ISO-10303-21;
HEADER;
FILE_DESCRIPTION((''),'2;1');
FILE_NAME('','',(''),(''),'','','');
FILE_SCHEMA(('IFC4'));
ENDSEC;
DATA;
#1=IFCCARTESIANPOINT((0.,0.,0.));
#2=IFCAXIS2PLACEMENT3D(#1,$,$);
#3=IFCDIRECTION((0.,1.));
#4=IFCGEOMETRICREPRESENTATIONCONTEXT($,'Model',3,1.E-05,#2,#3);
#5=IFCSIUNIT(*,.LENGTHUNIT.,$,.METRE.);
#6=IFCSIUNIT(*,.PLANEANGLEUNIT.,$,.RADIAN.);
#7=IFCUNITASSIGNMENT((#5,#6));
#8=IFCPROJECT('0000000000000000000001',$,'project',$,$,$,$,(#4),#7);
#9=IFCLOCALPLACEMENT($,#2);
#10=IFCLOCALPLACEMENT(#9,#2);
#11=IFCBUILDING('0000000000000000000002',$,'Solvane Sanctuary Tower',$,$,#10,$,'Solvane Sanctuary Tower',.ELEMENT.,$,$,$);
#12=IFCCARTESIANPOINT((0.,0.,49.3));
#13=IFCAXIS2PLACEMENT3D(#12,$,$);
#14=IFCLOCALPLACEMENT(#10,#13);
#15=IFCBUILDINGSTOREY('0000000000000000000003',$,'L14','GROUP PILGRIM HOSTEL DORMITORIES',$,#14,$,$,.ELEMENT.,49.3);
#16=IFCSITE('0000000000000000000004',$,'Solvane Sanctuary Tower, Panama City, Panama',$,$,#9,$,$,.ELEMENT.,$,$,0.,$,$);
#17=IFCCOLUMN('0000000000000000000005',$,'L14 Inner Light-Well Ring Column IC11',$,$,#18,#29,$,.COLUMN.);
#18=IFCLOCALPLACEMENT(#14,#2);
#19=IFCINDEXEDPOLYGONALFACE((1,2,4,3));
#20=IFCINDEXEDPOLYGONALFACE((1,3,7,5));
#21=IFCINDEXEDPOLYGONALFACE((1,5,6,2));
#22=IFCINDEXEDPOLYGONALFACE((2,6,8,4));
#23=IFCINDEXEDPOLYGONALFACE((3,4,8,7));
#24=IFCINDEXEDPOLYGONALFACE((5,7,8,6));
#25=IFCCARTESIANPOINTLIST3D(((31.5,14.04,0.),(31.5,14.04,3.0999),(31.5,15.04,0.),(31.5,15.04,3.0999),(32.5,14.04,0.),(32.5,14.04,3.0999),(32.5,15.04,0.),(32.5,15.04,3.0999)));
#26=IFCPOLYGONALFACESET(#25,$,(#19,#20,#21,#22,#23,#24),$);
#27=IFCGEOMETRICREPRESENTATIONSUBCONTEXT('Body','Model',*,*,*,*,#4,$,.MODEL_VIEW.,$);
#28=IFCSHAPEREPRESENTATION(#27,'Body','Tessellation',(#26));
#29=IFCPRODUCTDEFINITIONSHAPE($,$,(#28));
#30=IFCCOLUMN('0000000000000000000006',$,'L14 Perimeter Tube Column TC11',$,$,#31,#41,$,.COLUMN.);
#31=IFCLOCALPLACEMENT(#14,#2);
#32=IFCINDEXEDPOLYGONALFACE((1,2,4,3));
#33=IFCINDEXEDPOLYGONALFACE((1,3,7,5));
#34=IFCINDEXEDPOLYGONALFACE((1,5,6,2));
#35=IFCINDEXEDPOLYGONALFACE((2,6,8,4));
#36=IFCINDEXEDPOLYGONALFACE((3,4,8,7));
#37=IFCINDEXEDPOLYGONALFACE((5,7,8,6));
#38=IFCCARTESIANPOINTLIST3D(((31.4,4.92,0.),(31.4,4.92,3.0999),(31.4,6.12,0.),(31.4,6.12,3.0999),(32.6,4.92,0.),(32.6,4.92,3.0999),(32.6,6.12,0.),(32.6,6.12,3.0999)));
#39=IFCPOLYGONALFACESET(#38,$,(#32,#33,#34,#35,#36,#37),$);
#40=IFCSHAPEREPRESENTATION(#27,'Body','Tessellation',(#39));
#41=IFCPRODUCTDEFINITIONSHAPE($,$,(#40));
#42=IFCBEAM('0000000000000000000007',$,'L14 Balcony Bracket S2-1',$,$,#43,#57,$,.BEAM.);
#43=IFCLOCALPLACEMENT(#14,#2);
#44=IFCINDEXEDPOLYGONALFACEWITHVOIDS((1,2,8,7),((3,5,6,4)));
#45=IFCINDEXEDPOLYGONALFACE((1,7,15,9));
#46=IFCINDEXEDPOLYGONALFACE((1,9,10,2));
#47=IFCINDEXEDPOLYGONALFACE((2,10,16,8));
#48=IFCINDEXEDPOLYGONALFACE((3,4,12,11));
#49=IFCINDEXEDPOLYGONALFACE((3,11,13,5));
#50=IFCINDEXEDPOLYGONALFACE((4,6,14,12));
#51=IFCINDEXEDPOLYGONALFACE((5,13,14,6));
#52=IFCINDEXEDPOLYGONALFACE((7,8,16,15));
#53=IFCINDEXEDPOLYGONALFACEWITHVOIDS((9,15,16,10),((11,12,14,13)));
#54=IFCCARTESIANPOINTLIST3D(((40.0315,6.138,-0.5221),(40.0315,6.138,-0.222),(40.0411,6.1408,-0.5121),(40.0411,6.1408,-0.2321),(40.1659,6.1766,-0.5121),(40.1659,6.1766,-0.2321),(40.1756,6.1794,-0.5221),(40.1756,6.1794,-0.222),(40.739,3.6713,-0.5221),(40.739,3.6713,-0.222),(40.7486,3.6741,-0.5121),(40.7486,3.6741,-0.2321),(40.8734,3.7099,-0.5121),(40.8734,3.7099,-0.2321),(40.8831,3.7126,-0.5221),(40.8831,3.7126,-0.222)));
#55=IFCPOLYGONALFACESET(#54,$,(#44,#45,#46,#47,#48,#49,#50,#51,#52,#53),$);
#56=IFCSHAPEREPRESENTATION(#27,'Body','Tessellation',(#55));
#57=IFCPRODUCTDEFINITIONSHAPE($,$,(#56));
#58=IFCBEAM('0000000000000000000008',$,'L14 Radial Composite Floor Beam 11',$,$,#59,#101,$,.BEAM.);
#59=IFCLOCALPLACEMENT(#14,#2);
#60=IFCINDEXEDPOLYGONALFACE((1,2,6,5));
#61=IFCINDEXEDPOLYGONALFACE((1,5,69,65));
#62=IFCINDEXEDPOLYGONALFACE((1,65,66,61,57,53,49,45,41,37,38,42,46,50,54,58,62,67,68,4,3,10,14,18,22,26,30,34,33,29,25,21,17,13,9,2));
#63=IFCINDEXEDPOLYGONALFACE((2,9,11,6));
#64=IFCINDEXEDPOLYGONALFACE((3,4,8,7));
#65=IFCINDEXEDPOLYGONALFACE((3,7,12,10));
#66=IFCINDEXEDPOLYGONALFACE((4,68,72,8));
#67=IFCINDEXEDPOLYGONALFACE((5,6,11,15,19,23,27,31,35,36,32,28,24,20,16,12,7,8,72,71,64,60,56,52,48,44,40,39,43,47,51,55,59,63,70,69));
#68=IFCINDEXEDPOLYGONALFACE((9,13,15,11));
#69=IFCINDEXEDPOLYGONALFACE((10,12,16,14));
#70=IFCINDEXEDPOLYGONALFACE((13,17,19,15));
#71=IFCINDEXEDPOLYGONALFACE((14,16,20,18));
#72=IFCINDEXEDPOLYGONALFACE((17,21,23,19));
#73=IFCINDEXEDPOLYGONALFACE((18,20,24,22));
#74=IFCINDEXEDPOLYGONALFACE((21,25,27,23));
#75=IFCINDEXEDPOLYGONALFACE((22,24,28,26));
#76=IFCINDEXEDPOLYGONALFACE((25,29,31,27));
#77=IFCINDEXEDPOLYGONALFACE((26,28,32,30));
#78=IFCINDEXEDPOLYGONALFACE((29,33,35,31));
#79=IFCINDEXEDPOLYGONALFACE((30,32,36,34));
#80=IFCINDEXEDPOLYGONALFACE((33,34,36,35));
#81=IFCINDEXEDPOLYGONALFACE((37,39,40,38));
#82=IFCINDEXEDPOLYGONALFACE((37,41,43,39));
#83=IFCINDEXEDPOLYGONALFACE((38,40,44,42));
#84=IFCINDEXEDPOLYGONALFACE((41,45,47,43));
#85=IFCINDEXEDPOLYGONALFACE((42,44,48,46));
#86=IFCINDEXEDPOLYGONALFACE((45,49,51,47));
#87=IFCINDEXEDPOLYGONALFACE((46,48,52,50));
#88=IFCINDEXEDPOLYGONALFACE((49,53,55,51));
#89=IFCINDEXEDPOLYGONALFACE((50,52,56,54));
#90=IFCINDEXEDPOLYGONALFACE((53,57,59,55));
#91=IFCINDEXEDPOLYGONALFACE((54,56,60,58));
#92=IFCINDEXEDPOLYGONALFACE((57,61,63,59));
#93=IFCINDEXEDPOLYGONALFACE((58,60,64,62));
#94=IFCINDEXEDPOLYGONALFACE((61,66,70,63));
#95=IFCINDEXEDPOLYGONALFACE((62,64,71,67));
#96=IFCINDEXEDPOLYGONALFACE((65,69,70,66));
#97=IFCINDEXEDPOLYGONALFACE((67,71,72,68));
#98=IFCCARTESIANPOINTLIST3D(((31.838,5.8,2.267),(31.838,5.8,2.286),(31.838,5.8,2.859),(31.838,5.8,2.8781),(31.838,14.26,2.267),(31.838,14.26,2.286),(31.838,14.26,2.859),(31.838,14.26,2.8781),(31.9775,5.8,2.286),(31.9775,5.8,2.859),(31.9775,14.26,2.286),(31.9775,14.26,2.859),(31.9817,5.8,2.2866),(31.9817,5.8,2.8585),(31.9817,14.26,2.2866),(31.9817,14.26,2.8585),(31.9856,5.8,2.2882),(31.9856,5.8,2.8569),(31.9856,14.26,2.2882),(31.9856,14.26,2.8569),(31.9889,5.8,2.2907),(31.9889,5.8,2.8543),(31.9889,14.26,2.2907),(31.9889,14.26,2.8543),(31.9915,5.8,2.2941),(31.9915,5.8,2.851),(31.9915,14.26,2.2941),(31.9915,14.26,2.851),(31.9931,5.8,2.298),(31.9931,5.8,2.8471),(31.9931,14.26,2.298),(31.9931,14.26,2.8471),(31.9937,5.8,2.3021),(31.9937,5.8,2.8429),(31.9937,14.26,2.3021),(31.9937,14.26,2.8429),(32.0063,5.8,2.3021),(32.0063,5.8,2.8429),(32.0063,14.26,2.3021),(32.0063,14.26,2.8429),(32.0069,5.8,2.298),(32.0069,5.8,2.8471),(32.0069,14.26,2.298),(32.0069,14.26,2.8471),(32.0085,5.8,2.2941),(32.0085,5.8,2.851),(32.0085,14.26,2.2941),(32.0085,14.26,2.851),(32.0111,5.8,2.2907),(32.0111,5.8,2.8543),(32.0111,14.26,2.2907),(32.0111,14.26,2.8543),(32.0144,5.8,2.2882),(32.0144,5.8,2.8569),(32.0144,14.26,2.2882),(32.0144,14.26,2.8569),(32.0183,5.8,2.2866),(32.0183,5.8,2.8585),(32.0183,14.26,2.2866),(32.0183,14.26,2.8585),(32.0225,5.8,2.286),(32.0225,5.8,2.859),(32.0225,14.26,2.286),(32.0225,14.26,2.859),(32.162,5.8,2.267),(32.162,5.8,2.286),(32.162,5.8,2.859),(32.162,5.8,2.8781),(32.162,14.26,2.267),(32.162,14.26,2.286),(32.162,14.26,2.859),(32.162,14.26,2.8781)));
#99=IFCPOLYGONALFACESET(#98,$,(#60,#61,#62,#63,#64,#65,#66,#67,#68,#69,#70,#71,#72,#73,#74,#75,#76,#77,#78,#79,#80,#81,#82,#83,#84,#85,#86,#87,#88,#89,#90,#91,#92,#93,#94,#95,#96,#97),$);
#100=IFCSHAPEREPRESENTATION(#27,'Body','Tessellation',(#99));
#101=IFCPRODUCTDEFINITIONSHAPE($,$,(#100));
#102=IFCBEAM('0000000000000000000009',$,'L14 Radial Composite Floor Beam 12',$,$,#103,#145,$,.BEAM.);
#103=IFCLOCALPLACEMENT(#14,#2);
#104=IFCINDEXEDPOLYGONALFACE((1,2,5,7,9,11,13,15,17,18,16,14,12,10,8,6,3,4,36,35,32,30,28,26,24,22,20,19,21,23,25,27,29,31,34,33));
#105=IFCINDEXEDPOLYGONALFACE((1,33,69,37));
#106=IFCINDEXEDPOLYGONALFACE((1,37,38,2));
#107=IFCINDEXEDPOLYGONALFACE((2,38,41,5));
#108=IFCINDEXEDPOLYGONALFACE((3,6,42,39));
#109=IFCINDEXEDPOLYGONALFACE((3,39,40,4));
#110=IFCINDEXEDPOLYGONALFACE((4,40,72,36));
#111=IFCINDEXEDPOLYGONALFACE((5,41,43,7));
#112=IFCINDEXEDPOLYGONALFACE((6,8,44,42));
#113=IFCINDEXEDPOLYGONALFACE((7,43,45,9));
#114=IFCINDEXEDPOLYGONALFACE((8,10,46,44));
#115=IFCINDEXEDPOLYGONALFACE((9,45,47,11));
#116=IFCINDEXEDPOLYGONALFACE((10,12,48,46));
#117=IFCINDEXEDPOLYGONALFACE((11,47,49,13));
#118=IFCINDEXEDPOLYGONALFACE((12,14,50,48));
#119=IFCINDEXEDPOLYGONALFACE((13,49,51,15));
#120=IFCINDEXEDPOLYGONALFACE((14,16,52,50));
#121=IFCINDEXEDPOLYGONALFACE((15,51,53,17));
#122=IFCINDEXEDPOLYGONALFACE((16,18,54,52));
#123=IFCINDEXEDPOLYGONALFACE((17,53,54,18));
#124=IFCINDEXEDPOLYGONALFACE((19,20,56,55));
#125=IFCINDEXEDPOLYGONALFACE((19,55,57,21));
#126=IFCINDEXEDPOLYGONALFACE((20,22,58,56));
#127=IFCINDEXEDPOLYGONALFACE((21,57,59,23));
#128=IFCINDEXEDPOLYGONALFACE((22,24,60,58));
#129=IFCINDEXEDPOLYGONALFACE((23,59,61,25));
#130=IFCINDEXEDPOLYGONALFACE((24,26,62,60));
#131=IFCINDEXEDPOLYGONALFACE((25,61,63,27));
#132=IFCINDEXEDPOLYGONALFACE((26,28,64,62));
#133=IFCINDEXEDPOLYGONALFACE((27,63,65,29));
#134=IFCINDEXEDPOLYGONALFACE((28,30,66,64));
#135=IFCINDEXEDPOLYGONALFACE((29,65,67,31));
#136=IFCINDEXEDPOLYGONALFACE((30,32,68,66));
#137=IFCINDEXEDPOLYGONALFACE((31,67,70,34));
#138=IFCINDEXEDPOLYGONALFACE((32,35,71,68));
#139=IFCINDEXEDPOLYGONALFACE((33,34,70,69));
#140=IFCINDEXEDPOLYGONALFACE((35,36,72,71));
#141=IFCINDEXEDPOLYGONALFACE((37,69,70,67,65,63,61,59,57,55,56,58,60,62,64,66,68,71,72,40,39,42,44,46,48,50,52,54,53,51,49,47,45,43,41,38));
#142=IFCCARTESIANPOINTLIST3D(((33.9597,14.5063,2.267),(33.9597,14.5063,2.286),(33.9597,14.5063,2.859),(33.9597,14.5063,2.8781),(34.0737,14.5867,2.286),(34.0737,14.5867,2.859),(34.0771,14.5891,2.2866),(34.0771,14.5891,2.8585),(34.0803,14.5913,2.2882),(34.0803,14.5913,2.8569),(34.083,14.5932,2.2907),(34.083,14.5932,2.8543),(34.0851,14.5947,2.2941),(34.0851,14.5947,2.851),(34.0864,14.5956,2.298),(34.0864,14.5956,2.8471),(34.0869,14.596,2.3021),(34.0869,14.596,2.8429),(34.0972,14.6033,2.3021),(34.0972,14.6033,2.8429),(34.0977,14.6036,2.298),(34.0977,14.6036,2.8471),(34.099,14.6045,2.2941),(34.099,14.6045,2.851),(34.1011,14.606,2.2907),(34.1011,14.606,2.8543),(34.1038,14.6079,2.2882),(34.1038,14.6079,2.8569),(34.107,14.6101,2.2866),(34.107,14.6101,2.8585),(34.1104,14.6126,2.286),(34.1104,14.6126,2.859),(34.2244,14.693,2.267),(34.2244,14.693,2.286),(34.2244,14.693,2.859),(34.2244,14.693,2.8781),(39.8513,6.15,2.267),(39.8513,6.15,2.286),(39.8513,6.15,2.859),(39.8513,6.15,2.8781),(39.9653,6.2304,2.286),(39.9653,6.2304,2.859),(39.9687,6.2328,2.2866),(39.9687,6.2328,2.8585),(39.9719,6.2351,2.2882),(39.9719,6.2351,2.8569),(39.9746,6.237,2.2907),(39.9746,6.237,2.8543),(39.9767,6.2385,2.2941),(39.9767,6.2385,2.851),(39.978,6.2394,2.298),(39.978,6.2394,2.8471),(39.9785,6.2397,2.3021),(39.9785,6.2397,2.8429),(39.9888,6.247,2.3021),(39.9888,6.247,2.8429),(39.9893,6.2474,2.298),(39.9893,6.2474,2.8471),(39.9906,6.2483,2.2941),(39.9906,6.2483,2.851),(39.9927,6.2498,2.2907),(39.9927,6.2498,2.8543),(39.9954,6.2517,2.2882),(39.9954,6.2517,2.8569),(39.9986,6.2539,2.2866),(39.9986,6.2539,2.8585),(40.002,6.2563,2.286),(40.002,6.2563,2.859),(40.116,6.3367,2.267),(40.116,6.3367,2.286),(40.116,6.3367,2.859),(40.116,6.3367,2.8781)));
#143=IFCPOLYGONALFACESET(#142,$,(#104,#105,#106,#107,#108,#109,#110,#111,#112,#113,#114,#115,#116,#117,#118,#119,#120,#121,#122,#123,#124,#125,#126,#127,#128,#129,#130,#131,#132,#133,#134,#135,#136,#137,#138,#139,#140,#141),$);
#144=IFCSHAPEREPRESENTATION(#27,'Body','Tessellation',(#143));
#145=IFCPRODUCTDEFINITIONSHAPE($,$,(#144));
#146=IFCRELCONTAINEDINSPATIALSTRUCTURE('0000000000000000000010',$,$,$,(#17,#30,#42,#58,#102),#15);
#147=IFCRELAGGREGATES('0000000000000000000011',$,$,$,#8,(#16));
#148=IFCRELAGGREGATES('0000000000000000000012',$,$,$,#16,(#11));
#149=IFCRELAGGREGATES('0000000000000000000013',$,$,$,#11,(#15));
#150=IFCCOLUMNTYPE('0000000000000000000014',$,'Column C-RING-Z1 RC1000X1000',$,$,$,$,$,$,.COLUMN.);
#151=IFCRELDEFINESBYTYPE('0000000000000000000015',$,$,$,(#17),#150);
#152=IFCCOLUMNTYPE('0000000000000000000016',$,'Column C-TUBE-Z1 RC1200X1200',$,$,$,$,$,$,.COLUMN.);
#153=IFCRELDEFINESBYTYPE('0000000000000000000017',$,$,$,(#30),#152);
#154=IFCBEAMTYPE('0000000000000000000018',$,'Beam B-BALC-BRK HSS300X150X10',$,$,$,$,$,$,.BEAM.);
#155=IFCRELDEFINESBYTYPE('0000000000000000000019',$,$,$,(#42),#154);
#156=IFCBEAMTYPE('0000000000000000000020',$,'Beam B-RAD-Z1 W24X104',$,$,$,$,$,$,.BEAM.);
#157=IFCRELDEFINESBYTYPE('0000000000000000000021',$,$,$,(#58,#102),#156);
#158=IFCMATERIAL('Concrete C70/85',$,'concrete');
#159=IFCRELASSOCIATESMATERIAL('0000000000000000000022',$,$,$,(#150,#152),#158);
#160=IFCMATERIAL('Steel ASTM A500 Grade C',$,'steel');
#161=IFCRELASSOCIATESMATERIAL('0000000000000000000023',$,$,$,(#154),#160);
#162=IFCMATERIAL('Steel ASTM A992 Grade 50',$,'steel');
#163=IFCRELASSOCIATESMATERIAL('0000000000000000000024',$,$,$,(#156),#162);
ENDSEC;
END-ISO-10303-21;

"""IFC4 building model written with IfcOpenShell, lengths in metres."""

from ifc_helpers import new_model, si_unit, direction, frame, origin, origin_2d, place, context, subcontext, project, spatial, rectangle, hollow_rectangle, i_section, extrude, material, material_profile, profile_set, type_object, element, save


model = new_model("IFC4")

# Units and contexts
model_context = context("Model", 3, precision=1e-05, world=origin(), true_north=direction((0.0, 1.0)))
body_context = subcontext(model_context, "Body", "Model", "MODEL_VIEW")
ifc_project = project(units=[si_unit("LENGTHUNIT", "METRE"), si_unit("PLANEANGLEUNIT", "RADIAN")], contexts=[model_context])

# Site, building, storey
site_placement = place(None, origin())
site = spatial("IfcSite", under=ifc_project, at=site_placement, Name="Solvane Sanctuary Tower, Panama City, Panama", CompositionType="ELEMENT", RefElevation=0.0)
building_placement = place(site_placement, origin())
building = spatial("IfcBuilding", under=site, at=building_placement, Name="Solvane Sanctuary Tower", LongName="Solvane Sanctuary Tower", CompositionType="ELEMENT")
storey_placement = place(building_placement, frame((0.0, 0.0, 49.3)))
storey = spatial("IfcBuildingStorey", under=building, at=storey_placement, Name="L14", Description="GROUP PILGRIM HOSTEL DORMITORIES", CompositionType="ELEMENT", Elevation=49.3)

# Columns
ifc_material_1 = material(Name="Concrete C70/85", Category="concrete")
ifc_material_profile_1 = material_profile(ifc_material_1, rectangle(XDim=1.0, YDim=1.0, at=origin_2d()), Name="RC1000X1000")
ifc_profile_set_1 = profile_set([ifc_material_profile_1], Name="Concrete C70/85")
column_type_1 = type_object("IfcColumnType", Name="Column C-RING-Z1 RC1000X1000", PredefinedType="COLUMN", material=ifc_profile_set_1)
column_1_placement = place(storey_placement, frame((32.0, 14.54, 0.0), z_axis=(0.0, 0.0, 1.0), x_axis=(1.0, 0.0, 0.0)))
element("IfcColumn", 1, at=column_1_placement, inside=storey, type_object=column_type_1, Name="L14 Inner Light-Well Ring Column IC11", PredefinedType="COLUMN", context=body_context, shape_type="SweptSolid", body=[
    extrude(rectangle(XDim=1.0, YDim=1.0, at=origin_2d()), origin(), (0.0, 0.0, 1.0), 3.0999),
])
ifc_material_profile_2 = material_profile(ifc_material_1, rectangle(XDim=1.2, YDim=1.2, at=origin_2d()), Name="RC1200X1200")
ifc_profile_set_2 = profile_set([ifc_material_profile_2], Name="Concrete C70/85")
column_type_2 = type_object("IfcColumnType", Name="Column C-TUBE-Z1 RC1200X1200", PredefinedType="COLUMN", material=ifc_profile_set_2)
column_2_placement = place(storey_placement, frame((32.0, 5.52, 0.0), z_axis=(0.0, 0.0, 1.0), x_axis=(0.0, -1.0, 0.0)))
element("IfcColumn", 2, at=column_2_placement, inside=storey, type_object=column_type_2, Name="L14 Perimeter Tube Column TC11", PredefinedType="COLUMN", context=body_context, shape_type="SweptSolid", body=[
    extrude(rectangle(XDim=1.2, YDim=1.2, at=origin_2d()), origin(), (0.0, 0.0, 1.0), 3.0999),
])

# Beams
ifc_material_2 = material(Name="Steel ASTM A500 Grade C", Category="steel")
ifc_material_profile_3 = material_profile(ifc_material_2, hollow_rectangle(XDim=0.1499, YDim=0.3, WallThickness=0.01, at=origin_2d()), Name="HSS300X150X10")
ifc_profile_set_3 = profile_set([ifc_material_profile_3], Name="Steel ASTM A500 Grade C")
beam_type_1 = type_object("IfcBeamType", Name="Beam B-BALC-BRK HSS300X150X10", PredefinedType="BEAM", material=ifc_profile_set_3)
beam_1_placement = place(storey_placement, frame((40.1035, 6.1587, -0.3721), z_axis=(0.275701, -0.961243, 0.0), x_axis=(0.961243, 0.275701, 0.0)))
element("IfcBeam", 3, at=beam_1_placement, inside=storey, type_object=beam_type_1, Name="L14 Balcony Bracket S2-1", PredefinedType="BEAM", context=body_context, shape_type="SweptSolid", body=[
    extrude(hollow_rectangle(XDim=0.1499, YDim=0.3, WallThickness=0.01, at=origin_2d()), origin(), (0.0, 0.0, 1.0), 2.5662),
])
ifc_material_3 = material(Name="Steel ASTM A992 Grade 50", Category="steel")
ifc_material_profile_4 = material_profile(ifc_material_3, i_section(OverallWidth=0.324, OverallDepth=0.6111, WebThickness=0.0127, FlangeThickness=0.019, FilletRadius=0.0161, at=origin_2d()), Name="W24X104")
ifc_profile_set_4 = profile_set([ifc_material_profile_4], Name="Steel ASTM A992 Grade 50")
beam_type_2 = type_object("IfcBeamType", Name="Beam B-RAD-Z1 W24X104", PredefinedType="BEAM", material=ifc_profile_set_4)
beam_2_placement = place(storey_placement, frame((32.0, 14.26, 2.5725), z_axis=(0.0, -1.0, 0.0), x_axis=(1.0, 0.0, 0.0)))
element("IfcBeam", 4, at=beam_2_placement, inside=storey, type_object=beam_type_2, Name="L14 Radial Composite Floor Beam 11", PredefinedType="BEAM", context=body_context, shape_type="SweptSolid", body=[
    extrude(i_section(OverallWidth=0.324, OverallDepth=0.6111, WebThickness=0.0127, FlangeThickness=0.019, FilletRadius=0.0161, at=origin_2d()), origin(), (0.0, 0.0, 1.0), 8.46),
])
beam_3_placement = place(storey_placement, frame((34.092, 14.5996, 2.5725), z_axis=(0.576233, -0.817285, 0.0), x_axis=(0.817285, 0.576233, 0.0)))
element("IfcBeam", 5, at=beam_3_placement, inside=storey, type_object=beam_type_2, Name="L14 Radial Composite Floor Beam 12", PredefinedType="BEAM", context=body_context, shape_type="SweptSolid", body=[
    extrude(i_section(OverallWidth=0.324, OverallDepth=0.6111, WebThickness=0.0127, FlangeThickness=0.019, FilletRadius=0.0161, at=origin_2d()), origin(), (0.0, 0.0, 1.0), 10.2244),
])

save(model, "model.ifc")
